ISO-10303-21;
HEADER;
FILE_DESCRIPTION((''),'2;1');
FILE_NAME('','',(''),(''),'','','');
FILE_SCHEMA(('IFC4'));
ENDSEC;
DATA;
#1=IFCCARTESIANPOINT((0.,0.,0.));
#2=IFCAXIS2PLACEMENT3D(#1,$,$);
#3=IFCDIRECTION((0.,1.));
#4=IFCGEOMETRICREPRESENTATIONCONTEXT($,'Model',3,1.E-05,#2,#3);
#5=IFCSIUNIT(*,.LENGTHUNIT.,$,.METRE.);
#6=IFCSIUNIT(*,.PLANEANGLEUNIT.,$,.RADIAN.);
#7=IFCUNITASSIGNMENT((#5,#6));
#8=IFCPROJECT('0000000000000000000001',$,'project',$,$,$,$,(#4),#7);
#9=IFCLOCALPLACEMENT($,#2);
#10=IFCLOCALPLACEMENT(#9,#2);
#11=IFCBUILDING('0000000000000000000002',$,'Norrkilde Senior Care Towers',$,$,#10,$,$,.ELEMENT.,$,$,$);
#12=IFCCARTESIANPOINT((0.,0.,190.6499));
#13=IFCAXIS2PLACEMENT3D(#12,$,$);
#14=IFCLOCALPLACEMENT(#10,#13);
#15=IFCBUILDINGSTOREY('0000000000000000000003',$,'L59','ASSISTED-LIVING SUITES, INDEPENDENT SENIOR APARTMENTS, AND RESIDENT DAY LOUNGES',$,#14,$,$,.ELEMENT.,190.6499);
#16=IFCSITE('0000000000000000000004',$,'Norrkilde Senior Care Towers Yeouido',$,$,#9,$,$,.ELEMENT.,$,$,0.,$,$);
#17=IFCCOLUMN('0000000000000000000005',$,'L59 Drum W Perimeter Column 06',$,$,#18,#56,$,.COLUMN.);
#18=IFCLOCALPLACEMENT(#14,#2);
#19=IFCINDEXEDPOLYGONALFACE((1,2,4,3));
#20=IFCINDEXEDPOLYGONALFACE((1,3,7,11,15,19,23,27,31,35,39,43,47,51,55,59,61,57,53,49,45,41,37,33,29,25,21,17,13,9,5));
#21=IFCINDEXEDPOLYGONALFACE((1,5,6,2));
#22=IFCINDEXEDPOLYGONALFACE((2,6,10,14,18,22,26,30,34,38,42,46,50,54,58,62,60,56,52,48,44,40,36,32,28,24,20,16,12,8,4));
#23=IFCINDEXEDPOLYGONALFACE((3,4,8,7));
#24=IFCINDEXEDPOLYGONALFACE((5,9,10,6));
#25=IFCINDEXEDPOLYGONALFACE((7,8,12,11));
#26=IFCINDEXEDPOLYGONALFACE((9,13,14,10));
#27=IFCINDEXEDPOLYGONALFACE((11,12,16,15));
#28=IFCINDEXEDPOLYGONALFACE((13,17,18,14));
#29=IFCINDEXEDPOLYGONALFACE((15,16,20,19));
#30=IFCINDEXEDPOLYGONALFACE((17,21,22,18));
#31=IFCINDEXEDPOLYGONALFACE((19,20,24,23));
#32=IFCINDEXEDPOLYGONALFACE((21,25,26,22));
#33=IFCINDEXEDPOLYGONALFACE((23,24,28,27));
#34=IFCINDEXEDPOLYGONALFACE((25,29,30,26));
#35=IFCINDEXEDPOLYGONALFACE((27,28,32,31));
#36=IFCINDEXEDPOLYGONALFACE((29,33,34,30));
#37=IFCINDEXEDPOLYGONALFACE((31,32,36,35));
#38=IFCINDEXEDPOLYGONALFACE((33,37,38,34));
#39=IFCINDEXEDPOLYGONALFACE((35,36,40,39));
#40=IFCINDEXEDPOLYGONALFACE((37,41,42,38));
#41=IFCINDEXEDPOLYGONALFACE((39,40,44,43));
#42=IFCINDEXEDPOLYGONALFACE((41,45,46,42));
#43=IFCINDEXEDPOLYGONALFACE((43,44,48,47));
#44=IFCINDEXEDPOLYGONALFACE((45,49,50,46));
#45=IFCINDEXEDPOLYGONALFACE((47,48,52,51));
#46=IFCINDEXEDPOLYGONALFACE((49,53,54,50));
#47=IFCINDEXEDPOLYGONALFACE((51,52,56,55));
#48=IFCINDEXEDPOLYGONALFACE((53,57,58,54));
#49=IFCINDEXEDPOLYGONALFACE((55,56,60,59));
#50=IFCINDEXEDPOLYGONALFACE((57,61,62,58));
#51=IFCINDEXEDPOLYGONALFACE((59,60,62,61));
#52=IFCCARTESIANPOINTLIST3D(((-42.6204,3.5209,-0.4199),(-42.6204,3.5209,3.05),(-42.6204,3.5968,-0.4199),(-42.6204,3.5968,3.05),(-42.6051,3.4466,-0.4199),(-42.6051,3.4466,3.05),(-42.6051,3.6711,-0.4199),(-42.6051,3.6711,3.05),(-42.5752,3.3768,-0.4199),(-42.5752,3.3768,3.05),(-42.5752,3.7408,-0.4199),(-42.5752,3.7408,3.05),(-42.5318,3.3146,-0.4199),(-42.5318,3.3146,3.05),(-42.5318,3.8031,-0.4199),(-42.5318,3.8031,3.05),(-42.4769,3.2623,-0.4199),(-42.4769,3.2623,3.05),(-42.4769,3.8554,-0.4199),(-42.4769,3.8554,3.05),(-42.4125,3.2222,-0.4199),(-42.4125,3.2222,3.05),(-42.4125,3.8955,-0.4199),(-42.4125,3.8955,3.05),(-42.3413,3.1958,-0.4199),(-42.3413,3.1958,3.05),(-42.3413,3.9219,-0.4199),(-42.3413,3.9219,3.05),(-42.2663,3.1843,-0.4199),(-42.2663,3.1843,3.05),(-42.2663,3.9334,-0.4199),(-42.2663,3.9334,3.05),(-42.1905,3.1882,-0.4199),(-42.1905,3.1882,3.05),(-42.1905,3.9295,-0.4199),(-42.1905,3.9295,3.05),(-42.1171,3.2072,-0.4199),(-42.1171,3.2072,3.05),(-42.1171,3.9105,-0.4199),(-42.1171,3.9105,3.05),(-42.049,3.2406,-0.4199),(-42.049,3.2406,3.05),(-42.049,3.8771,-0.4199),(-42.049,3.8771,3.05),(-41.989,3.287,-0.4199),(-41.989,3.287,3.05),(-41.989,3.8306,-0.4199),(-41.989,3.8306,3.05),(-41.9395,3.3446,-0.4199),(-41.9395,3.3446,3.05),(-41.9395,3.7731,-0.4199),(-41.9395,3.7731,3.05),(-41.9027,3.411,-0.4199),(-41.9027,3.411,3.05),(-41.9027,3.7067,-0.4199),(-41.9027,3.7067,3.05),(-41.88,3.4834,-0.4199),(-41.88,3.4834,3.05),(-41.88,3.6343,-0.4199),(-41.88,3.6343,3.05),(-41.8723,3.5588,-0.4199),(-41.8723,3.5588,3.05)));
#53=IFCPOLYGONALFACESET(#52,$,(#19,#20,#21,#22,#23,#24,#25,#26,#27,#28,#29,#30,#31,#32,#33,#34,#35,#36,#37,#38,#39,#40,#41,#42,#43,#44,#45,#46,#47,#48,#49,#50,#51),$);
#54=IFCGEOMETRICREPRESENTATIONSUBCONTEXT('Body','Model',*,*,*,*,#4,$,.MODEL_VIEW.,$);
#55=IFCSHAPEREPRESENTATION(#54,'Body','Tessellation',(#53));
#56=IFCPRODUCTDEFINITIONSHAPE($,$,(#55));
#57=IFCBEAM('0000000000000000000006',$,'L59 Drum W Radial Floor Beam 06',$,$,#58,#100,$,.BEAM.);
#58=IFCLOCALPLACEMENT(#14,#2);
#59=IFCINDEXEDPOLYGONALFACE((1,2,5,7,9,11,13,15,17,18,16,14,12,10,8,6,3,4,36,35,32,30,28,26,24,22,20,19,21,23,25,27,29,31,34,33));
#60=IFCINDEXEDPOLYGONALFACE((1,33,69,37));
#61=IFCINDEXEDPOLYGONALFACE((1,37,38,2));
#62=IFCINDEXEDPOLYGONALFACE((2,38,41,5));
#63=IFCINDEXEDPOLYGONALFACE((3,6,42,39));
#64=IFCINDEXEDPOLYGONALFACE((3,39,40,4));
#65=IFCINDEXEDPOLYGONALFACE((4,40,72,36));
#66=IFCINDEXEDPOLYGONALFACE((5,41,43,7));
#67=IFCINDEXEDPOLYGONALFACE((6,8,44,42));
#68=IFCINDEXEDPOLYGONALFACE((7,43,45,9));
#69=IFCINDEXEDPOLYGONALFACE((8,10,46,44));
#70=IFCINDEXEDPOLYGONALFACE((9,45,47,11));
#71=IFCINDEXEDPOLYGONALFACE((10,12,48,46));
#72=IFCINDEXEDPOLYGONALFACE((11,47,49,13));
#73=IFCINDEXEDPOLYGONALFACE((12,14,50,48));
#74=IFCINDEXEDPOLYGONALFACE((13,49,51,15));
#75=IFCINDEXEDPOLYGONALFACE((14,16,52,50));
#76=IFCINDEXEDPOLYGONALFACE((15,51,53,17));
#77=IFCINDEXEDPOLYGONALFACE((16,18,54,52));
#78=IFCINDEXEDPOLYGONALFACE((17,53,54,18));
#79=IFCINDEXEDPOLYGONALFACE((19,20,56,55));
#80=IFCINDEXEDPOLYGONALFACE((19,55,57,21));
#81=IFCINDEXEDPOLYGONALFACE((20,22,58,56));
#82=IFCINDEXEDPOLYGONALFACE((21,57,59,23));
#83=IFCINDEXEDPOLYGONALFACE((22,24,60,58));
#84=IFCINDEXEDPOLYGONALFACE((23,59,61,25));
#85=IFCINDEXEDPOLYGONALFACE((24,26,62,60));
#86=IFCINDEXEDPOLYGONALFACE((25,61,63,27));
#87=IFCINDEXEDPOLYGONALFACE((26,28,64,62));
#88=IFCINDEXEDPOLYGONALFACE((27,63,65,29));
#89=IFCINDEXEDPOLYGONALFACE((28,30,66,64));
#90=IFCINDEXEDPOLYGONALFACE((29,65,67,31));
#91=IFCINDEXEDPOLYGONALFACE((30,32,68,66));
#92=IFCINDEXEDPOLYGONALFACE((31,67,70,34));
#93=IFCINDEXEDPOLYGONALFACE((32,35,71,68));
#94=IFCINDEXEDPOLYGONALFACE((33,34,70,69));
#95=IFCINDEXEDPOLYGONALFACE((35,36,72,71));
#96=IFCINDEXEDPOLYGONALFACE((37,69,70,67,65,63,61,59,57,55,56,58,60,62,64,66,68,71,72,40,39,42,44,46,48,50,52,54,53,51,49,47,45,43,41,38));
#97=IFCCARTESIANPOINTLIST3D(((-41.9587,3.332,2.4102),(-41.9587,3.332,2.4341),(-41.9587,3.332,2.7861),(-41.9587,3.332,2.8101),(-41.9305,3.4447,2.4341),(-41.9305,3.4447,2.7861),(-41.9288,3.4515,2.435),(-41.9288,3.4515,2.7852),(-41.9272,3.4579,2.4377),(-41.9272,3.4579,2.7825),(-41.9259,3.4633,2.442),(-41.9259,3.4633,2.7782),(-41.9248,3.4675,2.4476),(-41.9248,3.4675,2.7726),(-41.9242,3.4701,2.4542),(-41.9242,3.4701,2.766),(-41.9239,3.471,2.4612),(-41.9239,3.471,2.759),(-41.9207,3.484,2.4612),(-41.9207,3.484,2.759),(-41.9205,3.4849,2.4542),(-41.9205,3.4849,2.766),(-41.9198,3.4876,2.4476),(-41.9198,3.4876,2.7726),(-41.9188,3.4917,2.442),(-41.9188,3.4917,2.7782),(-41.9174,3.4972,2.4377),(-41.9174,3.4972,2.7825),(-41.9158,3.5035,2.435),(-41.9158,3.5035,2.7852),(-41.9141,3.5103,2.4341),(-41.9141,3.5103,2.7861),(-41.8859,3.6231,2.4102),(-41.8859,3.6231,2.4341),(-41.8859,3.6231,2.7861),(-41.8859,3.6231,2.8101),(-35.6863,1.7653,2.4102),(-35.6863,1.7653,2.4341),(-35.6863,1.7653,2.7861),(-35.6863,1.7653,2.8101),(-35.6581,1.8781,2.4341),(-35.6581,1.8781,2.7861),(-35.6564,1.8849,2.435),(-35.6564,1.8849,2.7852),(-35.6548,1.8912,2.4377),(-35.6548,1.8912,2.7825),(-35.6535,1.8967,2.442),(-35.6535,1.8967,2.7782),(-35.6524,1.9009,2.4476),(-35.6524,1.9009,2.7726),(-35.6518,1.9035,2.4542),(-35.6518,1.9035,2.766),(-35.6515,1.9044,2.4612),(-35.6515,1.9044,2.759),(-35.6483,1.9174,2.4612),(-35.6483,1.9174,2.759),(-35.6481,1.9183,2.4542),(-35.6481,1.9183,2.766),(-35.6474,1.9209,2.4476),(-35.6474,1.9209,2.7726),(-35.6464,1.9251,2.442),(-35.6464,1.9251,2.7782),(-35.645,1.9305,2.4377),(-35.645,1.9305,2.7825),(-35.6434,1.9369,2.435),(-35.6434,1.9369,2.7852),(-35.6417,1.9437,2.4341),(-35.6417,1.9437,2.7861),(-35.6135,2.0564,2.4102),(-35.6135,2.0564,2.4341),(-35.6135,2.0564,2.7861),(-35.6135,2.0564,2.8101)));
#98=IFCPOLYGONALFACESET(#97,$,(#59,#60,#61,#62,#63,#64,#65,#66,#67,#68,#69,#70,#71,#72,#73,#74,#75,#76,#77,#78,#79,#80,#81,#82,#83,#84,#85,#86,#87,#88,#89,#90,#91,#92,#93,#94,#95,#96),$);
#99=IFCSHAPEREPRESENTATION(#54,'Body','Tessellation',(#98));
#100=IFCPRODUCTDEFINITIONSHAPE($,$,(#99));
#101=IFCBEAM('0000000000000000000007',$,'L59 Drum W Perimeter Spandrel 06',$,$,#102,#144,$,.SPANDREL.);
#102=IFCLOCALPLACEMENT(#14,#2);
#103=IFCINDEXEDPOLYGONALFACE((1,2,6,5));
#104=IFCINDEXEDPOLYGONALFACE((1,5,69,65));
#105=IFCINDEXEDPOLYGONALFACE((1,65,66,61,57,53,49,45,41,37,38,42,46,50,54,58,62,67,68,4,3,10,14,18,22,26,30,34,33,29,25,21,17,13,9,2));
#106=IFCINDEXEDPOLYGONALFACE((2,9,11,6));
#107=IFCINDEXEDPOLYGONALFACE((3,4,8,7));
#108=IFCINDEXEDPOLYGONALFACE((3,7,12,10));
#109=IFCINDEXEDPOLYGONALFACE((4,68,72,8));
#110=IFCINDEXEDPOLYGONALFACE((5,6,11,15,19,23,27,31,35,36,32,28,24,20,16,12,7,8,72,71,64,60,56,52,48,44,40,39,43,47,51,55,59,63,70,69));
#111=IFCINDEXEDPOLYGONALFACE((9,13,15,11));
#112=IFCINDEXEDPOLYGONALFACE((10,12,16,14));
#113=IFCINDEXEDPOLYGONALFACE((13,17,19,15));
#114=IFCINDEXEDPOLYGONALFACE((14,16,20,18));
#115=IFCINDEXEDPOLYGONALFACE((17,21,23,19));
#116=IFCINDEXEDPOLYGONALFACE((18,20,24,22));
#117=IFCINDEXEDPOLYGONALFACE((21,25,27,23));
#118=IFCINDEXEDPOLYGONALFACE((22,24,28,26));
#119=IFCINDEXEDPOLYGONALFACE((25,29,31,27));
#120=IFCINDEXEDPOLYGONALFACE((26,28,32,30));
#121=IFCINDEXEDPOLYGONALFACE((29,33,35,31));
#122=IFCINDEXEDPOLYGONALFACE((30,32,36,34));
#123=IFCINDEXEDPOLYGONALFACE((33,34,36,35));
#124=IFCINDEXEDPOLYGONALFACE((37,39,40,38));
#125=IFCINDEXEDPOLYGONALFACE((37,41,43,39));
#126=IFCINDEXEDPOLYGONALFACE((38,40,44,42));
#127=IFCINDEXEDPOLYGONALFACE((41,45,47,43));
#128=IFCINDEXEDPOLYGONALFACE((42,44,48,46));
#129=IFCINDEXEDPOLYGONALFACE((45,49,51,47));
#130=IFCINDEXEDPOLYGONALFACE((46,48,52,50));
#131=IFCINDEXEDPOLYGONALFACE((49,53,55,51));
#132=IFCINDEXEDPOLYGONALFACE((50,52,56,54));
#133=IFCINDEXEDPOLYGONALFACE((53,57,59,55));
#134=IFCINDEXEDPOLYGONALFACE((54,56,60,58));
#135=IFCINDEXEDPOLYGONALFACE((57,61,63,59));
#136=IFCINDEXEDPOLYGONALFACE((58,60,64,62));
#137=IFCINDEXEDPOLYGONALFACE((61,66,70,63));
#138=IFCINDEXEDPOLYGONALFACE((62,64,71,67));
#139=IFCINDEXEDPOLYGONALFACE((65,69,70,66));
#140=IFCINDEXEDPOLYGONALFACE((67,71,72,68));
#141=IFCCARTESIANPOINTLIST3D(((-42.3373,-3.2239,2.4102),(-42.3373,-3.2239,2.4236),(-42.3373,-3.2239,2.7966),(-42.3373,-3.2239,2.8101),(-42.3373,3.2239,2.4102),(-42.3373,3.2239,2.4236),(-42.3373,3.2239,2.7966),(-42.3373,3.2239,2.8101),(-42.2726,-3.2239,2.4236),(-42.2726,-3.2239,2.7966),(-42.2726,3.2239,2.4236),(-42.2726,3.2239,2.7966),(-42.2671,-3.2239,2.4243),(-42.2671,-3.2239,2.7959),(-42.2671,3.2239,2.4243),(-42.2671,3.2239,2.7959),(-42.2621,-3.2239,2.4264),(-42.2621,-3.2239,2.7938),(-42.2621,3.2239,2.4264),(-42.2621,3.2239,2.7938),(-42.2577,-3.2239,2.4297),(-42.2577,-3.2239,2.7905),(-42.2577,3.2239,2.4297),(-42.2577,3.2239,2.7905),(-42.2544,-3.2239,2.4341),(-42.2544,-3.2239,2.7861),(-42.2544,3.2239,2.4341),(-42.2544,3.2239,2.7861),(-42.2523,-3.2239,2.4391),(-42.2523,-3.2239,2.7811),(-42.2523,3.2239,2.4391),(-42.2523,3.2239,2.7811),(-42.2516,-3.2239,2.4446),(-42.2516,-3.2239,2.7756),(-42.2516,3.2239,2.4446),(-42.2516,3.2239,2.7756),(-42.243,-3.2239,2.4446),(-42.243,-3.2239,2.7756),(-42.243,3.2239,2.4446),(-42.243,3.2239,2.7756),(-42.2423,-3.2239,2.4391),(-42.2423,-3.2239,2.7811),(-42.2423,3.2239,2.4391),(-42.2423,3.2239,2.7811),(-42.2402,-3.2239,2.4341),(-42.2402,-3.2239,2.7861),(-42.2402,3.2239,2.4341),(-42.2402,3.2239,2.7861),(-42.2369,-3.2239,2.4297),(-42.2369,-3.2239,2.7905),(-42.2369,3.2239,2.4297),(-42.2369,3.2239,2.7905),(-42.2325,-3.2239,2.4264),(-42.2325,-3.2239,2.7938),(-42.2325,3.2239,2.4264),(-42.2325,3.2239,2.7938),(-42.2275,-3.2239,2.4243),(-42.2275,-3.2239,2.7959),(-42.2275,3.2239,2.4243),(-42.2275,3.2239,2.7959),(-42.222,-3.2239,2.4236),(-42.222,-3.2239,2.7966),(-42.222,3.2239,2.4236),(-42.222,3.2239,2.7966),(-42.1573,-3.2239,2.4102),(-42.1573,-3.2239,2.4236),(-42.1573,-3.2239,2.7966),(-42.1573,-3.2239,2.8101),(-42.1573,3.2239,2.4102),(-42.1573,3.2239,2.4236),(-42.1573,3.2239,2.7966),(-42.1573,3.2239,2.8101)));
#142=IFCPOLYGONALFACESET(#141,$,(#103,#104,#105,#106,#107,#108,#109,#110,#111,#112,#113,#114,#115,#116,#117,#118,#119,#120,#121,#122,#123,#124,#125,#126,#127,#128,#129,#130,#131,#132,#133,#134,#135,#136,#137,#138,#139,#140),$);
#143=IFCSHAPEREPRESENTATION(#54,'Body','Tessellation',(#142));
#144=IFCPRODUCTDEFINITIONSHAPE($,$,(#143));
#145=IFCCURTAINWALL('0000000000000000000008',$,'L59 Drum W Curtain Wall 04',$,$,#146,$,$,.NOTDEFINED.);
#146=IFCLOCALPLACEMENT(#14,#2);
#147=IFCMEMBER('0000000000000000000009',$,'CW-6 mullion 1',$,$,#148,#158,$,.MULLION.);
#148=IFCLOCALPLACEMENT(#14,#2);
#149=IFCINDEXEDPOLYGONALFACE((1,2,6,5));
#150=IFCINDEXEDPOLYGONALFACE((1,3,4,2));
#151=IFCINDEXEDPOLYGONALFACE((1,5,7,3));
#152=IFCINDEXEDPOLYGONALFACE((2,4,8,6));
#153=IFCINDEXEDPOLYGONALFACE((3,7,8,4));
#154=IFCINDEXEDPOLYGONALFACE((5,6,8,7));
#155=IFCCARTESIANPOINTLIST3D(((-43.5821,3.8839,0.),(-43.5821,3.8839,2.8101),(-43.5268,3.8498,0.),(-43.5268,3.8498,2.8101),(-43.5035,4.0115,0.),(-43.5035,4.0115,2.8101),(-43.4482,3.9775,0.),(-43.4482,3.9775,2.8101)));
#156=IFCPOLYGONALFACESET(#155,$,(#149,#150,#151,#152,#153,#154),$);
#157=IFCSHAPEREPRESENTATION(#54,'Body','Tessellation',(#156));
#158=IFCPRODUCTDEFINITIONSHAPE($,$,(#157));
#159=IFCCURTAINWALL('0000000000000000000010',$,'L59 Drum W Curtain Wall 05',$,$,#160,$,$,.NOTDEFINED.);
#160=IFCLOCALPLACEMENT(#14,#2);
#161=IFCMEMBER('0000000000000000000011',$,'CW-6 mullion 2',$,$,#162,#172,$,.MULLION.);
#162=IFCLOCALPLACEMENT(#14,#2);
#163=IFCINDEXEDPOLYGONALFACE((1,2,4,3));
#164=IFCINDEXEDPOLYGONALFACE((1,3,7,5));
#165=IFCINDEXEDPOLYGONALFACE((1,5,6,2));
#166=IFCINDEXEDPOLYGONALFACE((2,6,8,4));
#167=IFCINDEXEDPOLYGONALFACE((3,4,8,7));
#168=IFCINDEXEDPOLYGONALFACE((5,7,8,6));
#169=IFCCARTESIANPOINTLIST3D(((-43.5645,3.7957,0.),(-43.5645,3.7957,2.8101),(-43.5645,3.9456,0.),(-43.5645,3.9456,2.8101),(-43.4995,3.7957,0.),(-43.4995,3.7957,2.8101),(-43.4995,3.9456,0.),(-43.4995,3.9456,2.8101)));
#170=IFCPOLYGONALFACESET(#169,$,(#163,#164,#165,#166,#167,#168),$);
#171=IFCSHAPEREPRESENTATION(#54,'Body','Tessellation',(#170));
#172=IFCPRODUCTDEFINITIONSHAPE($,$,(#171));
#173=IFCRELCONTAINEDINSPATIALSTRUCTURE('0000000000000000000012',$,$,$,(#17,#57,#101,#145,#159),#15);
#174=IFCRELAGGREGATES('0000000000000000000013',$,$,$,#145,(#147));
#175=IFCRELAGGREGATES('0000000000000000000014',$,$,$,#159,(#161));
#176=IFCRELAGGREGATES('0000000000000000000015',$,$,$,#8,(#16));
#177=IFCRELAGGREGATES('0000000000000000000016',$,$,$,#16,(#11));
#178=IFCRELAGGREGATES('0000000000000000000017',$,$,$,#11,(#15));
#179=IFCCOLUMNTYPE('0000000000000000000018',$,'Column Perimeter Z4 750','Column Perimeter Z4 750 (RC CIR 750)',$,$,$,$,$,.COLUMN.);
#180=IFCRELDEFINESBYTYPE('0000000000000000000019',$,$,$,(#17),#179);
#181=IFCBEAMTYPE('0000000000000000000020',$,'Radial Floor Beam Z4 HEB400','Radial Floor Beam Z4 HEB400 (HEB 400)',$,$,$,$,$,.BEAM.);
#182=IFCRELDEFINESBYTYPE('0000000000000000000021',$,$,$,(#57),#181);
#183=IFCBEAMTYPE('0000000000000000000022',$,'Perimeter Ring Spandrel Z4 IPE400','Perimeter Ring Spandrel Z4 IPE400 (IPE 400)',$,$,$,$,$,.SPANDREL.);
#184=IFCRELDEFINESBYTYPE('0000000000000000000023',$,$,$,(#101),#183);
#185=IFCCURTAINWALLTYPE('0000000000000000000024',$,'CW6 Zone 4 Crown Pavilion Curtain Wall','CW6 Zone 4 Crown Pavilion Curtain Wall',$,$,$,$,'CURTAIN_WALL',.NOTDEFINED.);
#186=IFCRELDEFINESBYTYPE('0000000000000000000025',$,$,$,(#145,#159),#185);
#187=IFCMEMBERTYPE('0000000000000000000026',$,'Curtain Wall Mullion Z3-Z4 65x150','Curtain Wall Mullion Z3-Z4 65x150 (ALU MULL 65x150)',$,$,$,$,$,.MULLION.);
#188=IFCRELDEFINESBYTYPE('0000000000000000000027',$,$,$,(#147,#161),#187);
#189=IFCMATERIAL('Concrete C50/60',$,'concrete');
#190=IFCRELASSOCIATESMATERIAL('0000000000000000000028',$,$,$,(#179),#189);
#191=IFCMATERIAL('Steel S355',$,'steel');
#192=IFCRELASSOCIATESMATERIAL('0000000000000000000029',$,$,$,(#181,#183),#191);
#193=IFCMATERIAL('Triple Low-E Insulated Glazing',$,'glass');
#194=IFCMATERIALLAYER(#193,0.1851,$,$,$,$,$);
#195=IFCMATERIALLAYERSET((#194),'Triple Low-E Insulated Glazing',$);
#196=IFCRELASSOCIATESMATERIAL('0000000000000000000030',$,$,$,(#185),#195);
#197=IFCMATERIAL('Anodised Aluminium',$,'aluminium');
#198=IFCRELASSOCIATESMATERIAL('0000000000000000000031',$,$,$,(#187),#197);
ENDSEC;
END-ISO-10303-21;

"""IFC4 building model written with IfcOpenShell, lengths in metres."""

from ifc_helpers import new_model, si_unit, direction, frame, origin, origin_2d, place, context, subcontext, project, spatial, rectangle, circle, i_section, extrude, source, transform, mapped, material, layer, layer_set, material_profile, profile_set, type_object, type_shapes, element, aggregate, save


model = new_model("IFC4")

# Units and contexts
model_context = context("Model", 3, precision=1e-05, world=origin(), true_north=direction((0.0, 1.0)))
body_context = subcontext(model_context, "Body", "Model", "MODEL_VIEW")
ifc_project = project(units=[si_unit("LENGTHUNIT", "METRE"), si_unit("PLANEANGLEUNIT", "RADIAN")], contexts=[model_context])

# Site, building, storey
site_placement = place(None, origin())
site = spatial("IfcSite", under=ifc_project, at=site_placement, Name="Norrkilde Senior Care Towers Yeouido", CompositionType="ELEMENT", RefElevation=0.0)
building_placement = place(site_placement, origin())
building = spatial("IfcBuilding", under=site, at=building_placement, Name="Norrkilde Senior Care Towers", CompositionType="ELEMENT")
storey_placement = place(building_placement, frame((0.0, 0.0, 190.6499)))
storey = spatial("IfcBuildingStorey", under=building, at=storey_placement, Name="L59", Description="ASSISTED-LIVING SUITES, INDEPENDENT SENIOR APARTMENTS, AND RESIDENT DAY LOUNGES", CompositionType="ELEMENT", Elevation=190.6499)

# Column
ifc_material_1 = material(Name="Concrete C50/60", Category="concrete")
ifc_material_profile_1 = material_profile(ifc_material_1, circle(Radius=0.375, at=origin_2d()), Name="RC CIR 750")
ifc_profile_set_1 = profile_set([ifc_material_profile_1], Name="Concrete C50/60")
column_type = type_object("IfcColumnType", Name="Column Perimeter Z4 750", Description="Column Perimeter Z4 750 (RC CIR 750)", PredefinedType="COLUMN", material=ifc_profile_set_1)
shared_shape_1 = source(origin(), body_context, "Body", "SweptSolid", [
    extrude(circle(Radius=0.375, at=origin_2d()), origin(), (0.0, 0.0, 1.0), 3.47),
])
type_shapes(column_type, [shared_shape_1])
column_placement = place(storey_placement, frame((-42.2473, 3.5588, -0.4199), z_axis=(0.0, 0.0, 1.0), x_axis=(1.0, 0.0, 0.0)))
element("IfcColumn", 1, at=column_placement, inside=storey, type_object=column_type, Name="L59 Drum W Perimeter Column 06", PredefinedType="COLUMN", context=body_context, shape_type="MappedRepresentation", body=[
    mapped(shared_shape_1, transform((0.0, 0.0, 0.0), x_axis=(1.0, 0.0, 0.0), y_axis=(0.0, 1.0, 0.0), z_axis=(0.0, 0.0, 1.0), scale=1.0)),
])

# Beams
ifc_material_2 = material(Name="Steel S355", Category="steel")
ifc_material_profile_2 = material_profile(ifc_material_2, i_section(OverallWidth=0.3, OverallDepth=0.3999, WebThickness=0.0134, FlangeThickness=0.0239, FilletRadius=0.0271, at=origin_2d()), Name="HEB 400")
ifc_profile_set_2 = profile_set([ifc_material_profile_2], Name="Steel S355")
beam_type_1 = type_object("IfcBeamType", Name="Radial Floor Beam Z4 HEB400", Description="Radial Floor Beam Z4 HEB400 (HEB 400)", PredefinedType="BEAM", material=ifc_profile_set_2)
shared_shape_2 = source(origin(), body_context, "Body", "SweptSolid", [
    extrude(i_section(OverallWidth=0.3, OverallDepth=0.3999, WebThickness=0.0134, FlangeThickness=0.0239, FilletRadius=0.0271, at=origin_2d()), origin(), (0.0, 0.0, 1.0), 6.4651),
])
type_shapes(beam_type_1, [shared_shape_2])
beam_1_placement = place(storey_placement, frame((-35.6499, 1.9109, 2.6101), z_axis=(-0.970196, 0.242322, 0.0), x_axis=(-0.242322, -0.970196, 0.0)))
element("IfcBeam", 2, at=beam_1_placement, inside=storey, type_object=beam_type_1, Name="L59 Drum W Radial Floor Beam 06", PredefinedType="BEAM", context=body_context, shape_type="MappedRepresentation", body=[
    mapped(shared_shape_2, transform((0.0, 0.0, 0.0), x_axis=(1.0, 0.0, 0.0), y_axis=(0.0, 1.0, 0.0), z_axis=(0.0, 0.0, 1.0), scale=1.0)),
])
ifc_material_profile_3 = material_profile(ifc_material_2, i_section(OverallWidth=0.1799, OverallDepth=0.3999, WebThickness=0.0085, FlangeThickness=0.0134, FilletRadius=0.021, at=origin_2d()), Name="IPE 400")
ifc_profile_set_3 = profile_set([ifc_material_profile_3], Name="Steel S355")
beam_type_2 = type_object("IfcBeamType", Name="Perimeter Ring Spandrel Z4 IPE400", Description="Perimeter Ring Spandrel Z4 IPE400 (IPE 400)", PredefinedType="SPANDREL", material=ifc_profile_set_3)
shared_shape_3 = source(origin(), body_context, "Body", "SweptSolid", [
    extrude(i_section(OverallWidth=0.1799, OverallDepth=0.3999, WebThickness=0.0085, FlangeThickness=0.0134, FilletRadius=0.021, at=origin_2d()), origin(), (0.0, 0.0, 1.0), 6.4478),
])
type_shapes(beam_type_2, [shared_shape_3])
beam_2_placement = place(storey_placement, frame((-42.2473, 3.2239, 2.6101), z_axis=(0.0, -1.0, 0.0), x_axis=(1.0, 0.0, 0.0)))
element("IfcBeam", 3, at=beam_2_placement, inside=storey, type_object=beam_type_2, Name="L59 Drum W Perimeter Spandrel 06", PredefinedType="SPANDREL", context=body_context, shape_type="MappedRepresentation", body=[
    mapped(shared_shape_3, transform((0.0, 0.0, 0.0), x_axis=(1.0, 0.0, 0.0), y_axis=(0.0, 1.0, 0.0), z_axis=(0.0, 0.0, 1.0), scale=1.0)),
])

# Curtain walls, members
ifc_material_3 = material(Name="Triple Low-E Insulated Glazing", Category="glass")
ifc_layer_1 = layer(ifc_material_3, 0.1851)
ifc_layer_set_1 = layer_set([ifc_layer_1], Name="Triple Low-E Insulated Glazing")
curtain_wall_type = type_object("IfcCurtainWallType", Name="CW6 Zone 4 Crown Pavilion Curtain Wall", Description="CW6 Zone 4 Crown Pavilion Curtain Wall", ElementType="CURTAIN_WALL", PredefinedType="NOTDEFINED", material=ifc_layer_set_1)
curtain_wall_1_placement = place(storey_placement, origin())
curtain_wall_1 = element("IfcCurtainWall", 4, at=curtain_wall_1_placement, inside=storey, type_object=curtain_wall_type, Name="L59 Drum W Curtain Wall 04", PredefinedType="NOTDEFINED")
ifc_material_4 = material(Name="Anodised Aluminium", Category="aluminium")
ifc_material_profile_4 = material_profile(ifc_material_4, rectangle(XDim=0.0649, YDim=0.1499, at=origin_2d()), Name="ALU MULL 65x150")
ifc_profile_set_4 = profile_set([ifc_material_profile_4], Name="Anodised Aluminium")
member_type_1 = type_object("IfcMemberType", Name="Curtain Wall Mullion Z3-Z4 65x150", Description="Curtain Wall Mullion Z3-Z4 65x150 (ALU MULL 65x150)", PredefinedType="MULLION", material=ifc_profile_set_4)
shared_shape_4 = source(origin(), body_context, "Body", "SweptSolid", [
    extrude(rectangle(XDim=0.0649, YDim=0.1499, at=origin_2d()), origin(), (0.0, 0.0, 1.0), 2.8101),
])
type_shapes(member_type_1, [shared_shape_4])
member_1_placement = place(storey_placement, frame((-43.5151, 3.9307, 0.0), z_axis=(0.0, 0.0, 1.0), x_axis=(-0.851563, 0.524253, 0.0)))
member_1 = element("IfcMember", 5, at=member_1_placement, type_object=member_type_1, Name="CW-6 mullion 1", PredefinedType="MULLION", context=body_context, shape_type="MappedRepresentation", body=[
    mapped(shared_shape_4, transform((0.0, 0.0, 0.0), x_axis=(1.0, 0.0, 0.0), y_axis=(0.0, 1.0, 0.0), z_axis=(0.0, 0.0, 1.0), scale=1.0)),
])
curtain_wall_2_placement = place(storey_placement, origin())
curtain_wall_2 = element("IfcCurtainWall", 6, at=curtain_wall_2_placement, inside=storey, type_object=curtain_wall_type, Name="L59 Drum W Curtain Wall 05", PredefinedType="NOTDEFINED")
member_2_placement = place(storey_placement, frame((-43.532, 3.8706, 0.0), z_axis=(0.0, 0.0, 1.0), x_axis=(-1.0, 0.0, 0.0)))
member_2 = element("IfcMember", 7, at=member_2_placement, type_object=member_type_1, Name="CW-6 mullion 2", PredefinedType="MULLION", context=body_context, shape_type="MappedRepresentation", body=[
    mapped(shared_shape_4, transform((0.0, 0.0, 0.0), x_axis=(1.0, 0.0, 0.0), y_axis=(0.0, 1.0, 0.0), z_axis=(0.0, 0.0, 1.0), scale=1.0)),
])

aggregate(curtain_wall_1, [member_1])

aggregate(curtain_wall_2, [member_2])

save(model, "model.ifc")
